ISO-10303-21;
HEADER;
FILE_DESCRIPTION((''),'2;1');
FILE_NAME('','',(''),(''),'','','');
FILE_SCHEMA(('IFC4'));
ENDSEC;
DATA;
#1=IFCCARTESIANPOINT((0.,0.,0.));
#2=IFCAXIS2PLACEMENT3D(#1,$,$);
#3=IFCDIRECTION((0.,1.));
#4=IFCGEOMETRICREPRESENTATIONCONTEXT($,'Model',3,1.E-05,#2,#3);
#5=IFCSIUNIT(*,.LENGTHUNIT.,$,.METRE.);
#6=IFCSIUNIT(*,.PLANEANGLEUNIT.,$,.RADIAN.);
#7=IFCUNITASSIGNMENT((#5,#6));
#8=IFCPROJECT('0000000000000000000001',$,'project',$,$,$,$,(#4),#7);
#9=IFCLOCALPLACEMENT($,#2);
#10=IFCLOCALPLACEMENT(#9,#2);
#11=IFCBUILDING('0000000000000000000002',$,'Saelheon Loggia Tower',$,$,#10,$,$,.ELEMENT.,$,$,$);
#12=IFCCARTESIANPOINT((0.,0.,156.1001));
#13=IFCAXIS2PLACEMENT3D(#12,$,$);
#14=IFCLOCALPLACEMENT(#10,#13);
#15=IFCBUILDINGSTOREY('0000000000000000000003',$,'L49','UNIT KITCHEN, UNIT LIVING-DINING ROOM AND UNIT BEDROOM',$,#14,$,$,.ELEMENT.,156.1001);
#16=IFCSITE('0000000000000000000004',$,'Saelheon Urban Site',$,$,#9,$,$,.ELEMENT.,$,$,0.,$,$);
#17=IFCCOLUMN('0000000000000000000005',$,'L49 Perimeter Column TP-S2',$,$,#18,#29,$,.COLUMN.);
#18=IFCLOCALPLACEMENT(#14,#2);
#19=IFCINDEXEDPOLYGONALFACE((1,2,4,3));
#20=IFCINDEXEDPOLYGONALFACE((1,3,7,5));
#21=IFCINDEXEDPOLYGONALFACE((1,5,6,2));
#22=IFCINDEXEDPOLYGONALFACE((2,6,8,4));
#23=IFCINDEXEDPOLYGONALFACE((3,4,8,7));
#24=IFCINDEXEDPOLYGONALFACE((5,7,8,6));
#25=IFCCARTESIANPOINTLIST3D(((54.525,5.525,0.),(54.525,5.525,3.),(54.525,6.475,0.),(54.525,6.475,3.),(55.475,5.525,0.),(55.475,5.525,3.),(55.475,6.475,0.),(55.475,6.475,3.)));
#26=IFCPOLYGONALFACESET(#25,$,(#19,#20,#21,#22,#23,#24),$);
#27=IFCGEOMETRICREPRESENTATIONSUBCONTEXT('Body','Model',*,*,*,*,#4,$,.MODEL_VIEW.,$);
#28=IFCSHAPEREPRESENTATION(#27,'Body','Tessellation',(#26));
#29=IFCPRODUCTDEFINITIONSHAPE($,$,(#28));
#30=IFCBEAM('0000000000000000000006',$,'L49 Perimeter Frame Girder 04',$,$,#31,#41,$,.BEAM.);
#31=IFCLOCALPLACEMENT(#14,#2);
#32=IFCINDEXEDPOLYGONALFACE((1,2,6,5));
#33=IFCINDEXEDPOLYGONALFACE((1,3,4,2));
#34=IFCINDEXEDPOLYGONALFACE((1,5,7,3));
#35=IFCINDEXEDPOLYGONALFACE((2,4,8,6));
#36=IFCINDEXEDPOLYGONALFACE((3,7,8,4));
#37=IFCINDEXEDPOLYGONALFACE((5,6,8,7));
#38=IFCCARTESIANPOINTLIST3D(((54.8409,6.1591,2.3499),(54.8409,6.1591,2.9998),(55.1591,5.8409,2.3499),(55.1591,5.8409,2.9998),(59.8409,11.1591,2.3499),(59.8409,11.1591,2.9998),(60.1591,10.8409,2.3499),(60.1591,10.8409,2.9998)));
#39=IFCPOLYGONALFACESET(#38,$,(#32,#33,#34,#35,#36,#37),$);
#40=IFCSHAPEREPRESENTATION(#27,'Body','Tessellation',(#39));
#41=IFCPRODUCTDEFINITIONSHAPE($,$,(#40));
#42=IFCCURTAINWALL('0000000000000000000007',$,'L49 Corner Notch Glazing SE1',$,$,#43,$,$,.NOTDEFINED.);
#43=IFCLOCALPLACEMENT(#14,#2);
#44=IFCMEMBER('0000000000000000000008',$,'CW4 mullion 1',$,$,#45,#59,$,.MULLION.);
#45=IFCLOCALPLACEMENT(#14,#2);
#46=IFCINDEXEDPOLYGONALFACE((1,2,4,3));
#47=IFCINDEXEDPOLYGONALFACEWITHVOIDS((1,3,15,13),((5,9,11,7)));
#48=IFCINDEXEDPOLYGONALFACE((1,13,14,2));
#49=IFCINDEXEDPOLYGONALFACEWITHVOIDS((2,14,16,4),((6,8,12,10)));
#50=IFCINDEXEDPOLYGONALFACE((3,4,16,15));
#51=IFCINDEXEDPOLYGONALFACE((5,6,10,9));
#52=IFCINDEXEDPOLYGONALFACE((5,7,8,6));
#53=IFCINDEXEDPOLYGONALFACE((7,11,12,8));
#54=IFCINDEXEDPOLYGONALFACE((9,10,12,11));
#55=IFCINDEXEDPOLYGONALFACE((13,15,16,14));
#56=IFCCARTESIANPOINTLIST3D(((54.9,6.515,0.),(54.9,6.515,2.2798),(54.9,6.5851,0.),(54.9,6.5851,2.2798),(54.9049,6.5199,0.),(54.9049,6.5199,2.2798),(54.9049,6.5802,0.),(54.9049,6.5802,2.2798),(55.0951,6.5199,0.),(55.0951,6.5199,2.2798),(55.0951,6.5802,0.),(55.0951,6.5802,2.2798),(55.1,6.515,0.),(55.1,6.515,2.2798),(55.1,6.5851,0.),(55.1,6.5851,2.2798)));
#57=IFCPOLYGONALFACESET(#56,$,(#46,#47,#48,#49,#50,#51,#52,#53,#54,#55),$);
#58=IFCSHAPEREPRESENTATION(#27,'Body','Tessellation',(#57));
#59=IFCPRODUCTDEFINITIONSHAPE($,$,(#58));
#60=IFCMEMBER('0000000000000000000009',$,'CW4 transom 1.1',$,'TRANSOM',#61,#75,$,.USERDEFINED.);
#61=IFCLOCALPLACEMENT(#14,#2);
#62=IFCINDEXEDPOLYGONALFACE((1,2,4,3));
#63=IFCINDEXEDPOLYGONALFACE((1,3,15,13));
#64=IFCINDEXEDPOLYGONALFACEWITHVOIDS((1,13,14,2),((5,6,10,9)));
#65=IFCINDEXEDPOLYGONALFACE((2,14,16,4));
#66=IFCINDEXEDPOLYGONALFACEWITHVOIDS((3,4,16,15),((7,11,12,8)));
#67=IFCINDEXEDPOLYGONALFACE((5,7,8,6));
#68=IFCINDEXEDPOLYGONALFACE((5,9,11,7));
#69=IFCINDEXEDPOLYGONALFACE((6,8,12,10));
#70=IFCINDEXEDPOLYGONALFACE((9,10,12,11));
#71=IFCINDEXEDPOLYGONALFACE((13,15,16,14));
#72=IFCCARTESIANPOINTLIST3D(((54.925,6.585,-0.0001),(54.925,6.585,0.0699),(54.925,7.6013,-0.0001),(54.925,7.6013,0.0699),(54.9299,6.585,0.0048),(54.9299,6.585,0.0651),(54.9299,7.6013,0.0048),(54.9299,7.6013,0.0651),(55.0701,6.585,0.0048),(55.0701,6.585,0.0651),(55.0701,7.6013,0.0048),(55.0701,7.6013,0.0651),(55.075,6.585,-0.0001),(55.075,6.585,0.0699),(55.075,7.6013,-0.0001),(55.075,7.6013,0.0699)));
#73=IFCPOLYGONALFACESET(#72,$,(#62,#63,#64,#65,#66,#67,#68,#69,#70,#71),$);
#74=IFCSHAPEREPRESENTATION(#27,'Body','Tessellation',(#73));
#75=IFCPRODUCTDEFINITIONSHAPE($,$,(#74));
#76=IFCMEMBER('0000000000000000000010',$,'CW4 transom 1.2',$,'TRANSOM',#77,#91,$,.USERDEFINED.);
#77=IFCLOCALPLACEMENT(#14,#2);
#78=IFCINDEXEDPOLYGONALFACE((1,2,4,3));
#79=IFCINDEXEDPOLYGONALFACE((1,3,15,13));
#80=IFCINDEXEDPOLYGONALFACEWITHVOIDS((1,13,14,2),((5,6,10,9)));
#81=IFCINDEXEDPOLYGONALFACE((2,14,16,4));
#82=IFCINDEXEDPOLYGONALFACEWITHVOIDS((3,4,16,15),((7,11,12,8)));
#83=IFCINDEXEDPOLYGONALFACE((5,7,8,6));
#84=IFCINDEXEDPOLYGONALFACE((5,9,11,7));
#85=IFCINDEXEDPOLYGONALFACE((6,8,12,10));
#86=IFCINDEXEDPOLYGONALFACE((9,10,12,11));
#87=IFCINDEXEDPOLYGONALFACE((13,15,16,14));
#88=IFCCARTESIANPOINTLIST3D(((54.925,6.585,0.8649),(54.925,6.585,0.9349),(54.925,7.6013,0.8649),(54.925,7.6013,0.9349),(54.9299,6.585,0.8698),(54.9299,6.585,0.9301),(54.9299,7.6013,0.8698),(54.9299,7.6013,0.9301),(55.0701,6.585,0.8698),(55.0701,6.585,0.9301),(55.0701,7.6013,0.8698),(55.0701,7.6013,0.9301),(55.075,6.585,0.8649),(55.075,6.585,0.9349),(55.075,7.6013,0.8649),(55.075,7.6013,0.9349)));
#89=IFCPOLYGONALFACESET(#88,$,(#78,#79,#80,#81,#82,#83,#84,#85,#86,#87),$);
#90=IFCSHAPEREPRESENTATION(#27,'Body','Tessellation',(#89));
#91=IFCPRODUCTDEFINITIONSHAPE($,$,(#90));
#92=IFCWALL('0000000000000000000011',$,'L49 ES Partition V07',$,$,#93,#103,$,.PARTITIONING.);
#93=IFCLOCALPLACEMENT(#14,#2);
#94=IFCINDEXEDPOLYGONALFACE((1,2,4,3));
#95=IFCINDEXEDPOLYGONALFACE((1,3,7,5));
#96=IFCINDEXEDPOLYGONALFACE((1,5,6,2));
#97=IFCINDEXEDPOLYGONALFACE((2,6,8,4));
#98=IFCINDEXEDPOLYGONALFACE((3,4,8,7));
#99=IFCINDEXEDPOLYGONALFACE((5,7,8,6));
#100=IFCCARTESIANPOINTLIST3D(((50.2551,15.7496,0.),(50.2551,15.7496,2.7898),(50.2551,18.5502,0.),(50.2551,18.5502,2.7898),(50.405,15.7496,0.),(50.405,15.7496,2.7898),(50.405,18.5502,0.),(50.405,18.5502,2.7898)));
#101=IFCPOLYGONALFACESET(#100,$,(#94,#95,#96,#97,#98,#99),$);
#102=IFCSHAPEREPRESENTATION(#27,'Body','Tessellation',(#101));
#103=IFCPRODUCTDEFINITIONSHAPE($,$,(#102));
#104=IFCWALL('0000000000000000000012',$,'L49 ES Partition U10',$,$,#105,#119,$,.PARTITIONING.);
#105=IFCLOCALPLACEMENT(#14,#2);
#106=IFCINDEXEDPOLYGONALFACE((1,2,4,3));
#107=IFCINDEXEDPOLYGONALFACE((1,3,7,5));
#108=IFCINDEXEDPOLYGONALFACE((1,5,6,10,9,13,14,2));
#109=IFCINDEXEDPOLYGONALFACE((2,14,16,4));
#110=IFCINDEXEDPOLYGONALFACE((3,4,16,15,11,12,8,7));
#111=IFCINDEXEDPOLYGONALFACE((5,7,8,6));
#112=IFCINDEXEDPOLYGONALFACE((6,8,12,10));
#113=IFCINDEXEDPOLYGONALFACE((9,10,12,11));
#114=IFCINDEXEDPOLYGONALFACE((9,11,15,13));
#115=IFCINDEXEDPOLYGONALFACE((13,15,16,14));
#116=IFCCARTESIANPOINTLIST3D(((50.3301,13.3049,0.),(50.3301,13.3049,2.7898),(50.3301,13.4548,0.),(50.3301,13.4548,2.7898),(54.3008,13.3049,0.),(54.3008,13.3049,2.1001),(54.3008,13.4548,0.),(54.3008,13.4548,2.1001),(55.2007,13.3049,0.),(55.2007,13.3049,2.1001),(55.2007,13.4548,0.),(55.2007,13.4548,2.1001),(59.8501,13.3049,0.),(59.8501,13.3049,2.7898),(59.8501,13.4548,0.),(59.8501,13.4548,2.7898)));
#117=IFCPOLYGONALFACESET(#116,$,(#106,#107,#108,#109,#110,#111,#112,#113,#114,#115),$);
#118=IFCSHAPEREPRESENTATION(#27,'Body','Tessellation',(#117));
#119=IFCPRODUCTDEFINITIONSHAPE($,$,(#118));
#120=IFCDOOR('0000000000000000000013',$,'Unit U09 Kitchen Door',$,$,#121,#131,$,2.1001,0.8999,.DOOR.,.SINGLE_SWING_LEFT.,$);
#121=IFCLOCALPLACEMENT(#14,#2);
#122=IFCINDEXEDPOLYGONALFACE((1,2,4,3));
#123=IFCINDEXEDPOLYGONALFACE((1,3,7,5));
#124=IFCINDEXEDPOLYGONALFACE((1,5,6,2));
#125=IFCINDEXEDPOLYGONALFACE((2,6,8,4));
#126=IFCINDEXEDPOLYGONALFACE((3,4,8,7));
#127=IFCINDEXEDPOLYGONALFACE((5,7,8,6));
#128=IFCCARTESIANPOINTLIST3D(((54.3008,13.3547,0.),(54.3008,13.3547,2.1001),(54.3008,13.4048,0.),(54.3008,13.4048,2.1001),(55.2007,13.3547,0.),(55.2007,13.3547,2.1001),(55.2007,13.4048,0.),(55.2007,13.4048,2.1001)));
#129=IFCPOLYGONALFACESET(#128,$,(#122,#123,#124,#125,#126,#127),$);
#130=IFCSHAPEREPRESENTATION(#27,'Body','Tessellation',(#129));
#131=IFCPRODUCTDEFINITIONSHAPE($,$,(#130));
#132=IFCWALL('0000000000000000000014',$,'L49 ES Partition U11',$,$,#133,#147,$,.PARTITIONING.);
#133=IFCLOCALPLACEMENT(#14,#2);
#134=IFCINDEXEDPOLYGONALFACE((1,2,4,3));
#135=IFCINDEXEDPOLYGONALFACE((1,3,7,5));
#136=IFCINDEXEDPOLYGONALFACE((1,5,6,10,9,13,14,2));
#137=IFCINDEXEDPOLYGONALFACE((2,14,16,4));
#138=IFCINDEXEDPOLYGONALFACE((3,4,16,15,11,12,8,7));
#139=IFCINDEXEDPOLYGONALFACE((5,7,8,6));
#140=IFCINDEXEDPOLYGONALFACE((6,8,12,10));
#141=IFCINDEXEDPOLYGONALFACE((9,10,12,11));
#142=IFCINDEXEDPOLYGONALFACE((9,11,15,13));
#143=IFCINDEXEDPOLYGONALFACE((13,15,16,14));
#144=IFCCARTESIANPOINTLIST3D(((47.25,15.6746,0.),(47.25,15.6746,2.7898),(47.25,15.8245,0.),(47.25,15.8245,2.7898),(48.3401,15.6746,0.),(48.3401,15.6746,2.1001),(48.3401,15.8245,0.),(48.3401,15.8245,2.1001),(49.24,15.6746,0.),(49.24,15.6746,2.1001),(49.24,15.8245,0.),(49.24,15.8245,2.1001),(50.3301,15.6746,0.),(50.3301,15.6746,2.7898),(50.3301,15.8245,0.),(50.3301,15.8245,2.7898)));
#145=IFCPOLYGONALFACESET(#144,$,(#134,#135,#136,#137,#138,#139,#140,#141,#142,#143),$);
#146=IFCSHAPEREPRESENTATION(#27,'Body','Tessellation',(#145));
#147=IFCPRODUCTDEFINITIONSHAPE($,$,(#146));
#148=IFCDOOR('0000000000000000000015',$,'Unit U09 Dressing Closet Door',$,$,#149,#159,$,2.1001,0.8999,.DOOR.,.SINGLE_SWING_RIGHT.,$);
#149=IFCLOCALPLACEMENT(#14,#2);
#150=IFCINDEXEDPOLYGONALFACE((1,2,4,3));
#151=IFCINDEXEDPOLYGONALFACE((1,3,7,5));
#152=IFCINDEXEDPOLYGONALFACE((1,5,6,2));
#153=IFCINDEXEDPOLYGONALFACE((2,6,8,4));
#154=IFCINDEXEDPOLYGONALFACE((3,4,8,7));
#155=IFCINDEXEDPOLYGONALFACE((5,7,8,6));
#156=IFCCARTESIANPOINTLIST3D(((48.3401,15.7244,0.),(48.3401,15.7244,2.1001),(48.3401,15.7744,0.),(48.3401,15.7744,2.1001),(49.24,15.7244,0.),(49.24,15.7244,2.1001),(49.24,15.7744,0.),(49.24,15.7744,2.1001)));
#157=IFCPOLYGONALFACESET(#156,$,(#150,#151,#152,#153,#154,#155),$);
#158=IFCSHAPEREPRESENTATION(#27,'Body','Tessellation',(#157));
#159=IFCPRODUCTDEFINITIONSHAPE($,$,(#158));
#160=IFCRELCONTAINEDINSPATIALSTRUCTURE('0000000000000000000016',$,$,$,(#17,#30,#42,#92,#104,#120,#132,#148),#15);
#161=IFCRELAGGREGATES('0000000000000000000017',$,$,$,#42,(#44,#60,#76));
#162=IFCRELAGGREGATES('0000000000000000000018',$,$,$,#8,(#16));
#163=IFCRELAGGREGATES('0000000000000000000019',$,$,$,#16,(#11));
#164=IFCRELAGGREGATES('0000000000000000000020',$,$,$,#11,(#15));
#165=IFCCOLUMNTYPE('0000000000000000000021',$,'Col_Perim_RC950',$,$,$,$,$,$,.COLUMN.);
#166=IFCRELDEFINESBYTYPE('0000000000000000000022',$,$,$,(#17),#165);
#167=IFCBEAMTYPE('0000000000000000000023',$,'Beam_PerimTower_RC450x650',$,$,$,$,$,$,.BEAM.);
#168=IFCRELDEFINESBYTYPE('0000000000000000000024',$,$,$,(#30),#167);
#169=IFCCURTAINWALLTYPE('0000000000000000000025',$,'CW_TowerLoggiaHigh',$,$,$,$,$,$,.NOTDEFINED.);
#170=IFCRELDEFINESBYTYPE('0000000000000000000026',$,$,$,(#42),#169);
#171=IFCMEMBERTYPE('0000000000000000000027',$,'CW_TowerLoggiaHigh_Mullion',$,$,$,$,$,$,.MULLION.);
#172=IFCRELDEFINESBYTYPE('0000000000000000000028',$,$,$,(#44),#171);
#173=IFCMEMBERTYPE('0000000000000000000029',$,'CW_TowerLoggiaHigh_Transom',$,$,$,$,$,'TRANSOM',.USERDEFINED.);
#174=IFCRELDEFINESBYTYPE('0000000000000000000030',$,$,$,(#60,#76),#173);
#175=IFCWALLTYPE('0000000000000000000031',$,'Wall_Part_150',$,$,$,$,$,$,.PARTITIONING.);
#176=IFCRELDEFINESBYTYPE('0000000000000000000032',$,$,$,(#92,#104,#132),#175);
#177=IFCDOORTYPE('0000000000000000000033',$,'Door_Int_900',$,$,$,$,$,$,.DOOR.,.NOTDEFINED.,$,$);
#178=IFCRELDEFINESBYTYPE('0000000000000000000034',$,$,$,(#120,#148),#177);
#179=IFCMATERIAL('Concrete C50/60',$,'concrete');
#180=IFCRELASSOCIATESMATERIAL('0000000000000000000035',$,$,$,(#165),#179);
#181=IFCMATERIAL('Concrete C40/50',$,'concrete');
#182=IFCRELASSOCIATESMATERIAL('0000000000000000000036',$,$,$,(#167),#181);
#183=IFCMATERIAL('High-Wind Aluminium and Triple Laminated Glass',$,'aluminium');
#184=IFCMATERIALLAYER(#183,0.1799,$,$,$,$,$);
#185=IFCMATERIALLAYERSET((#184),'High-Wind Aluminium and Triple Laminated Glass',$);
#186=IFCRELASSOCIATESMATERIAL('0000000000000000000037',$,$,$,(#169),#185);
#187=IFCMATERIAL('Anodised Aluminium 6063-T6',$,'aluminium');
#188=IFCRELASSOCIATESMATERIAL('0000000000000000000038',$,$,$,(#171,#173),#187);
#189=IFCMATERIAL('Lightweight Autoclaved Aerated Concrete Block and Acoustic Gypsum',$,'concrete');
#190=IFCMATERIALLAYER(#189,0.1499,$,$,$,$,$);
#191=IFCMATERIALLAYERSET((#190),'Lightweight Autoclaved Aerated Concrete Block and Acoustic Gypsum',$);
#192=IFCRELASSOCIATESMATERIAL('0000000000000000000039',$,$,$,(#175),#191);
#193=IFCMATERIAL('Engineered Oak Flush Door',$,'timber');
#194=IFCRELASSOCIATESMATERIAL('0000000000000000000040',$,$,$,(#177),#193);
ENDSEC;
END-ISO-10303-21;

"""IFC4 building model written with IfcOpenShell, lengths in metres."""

from ifc_helpers import new_model, si_unit, direction, frame, frame_2d, origin, origin_2d, place, context, subcontext, project, spatial, rectangle, hollow_rectangle, extrude, source, transform, mapped, material, layer, layer_set, material_profile, profile_set, type_object, element, fill, aggregate, save


model = new_model("IFC4")

# Units and contexts
model_context = context("Model", 3, precision=1e-05, world=origin(), true_north=direction((0.0, 1.0)))
body_context = subcontext(model_context, "Body", "Model", "MODEL_VIEW")
ifc_project = project(units=[si_unit("LENGTHUNIT", "METRE"), si_unit("PLANEANGLEUNIT", "RADIAN")], contexts=[model_context])

# Site, building, storey
site_placement = place(None, origin())
site = spatial("IfcSite", under=ifc_project, at=site_placement, Name="Saelheon Urban Site", CompositionType="ELEMENT", RefElevation=0.0)
building_placement = place(site_placement, origin())
building = spatial("IfcBuilding", under=site, at=building_placement, Name="Saelheon Loggia Tower", CompositionType="ELEMENT")
storey_placement = place(building_placement, frame((0.0, 0.0, 156.1001)))
storey = spatial("IfcBuildingStorey", under=building, at=storey_placement, Name="L49", Description="UNIT KITCHEN, UNIT LIVING-DINING ROOM AND UNIT BEDROOM", CompositionType="ELEMENT", Elevation=156.1001)

# Column
ifc_material_1 = material(Name="Concrete C50/60", Category="concrete")
ifc_material_profile_1 = material_profile(ifc_material_1, rectangle(XDim=0.95, YDim=0.95, at=origin_2d()), Name="RC-950x950")
ifc_profile_set_1 = profile_set([ifc_material_profile_1], Name="Concrete C50/60")
column_type = type_object("IfcColumnType", Name="Col_Perim_RC950", PredefinedType="COLUMN", material=ifc_profile_set_1)
shared_shape_1 = source(origin(), body_context, "Body", "SweptSolid", [
    extrude(rectangle(XDim=0.95, YDim=0.95, at=origin_2d()), origin(), (0.0, 0.0, 1.0), 3.0),
])
column_placement = place(storey_placement, frame((55.0, 6.0, 0.0), z_axis=(0.0, 0.0, 1.0), x_axis=(1.0, 0.0, 0.0)))
element("IfcColumn", 1, at=column_placement, inside=storey, type_object=column_type, Name="L49 Perimeter Column TP-S2", PredefinedType="COLUMN", context=body_context, shape_type="MappedRepresentation", body=[
    mapped(shared_shape_1, transform((0.0, 0.0, 0.0), scale=1.0)),
])

# Beam
ifc_material_2 = material(Name="Concrete C40/50", Category="concrete")
ifc_material_profile_2 = material_profile(ifc_material_2, rectangle(XDim=0.45, YDim=0.6499, at=origin_2d()), Name="RC-450x650")
ifc_profile_set_2 = profile_set([ifc_material_profile_2], Name="Concrete C40/50")
beam_type = type_object("IfcBeamType", Name="Beam_PerimTower_RC450x650", PredefinedType="BEAM", material=ifc_profile_set_2)
shared_shape_2 = source(origin(), body_context, "Body", "SweptSolid", [
    extrude(rectangle(XDim=0.45, YDim=0.6499, at=origin_2d()), origin(), (0.0, 0.0, 1.0), 7.071),
])
beam_placement = place(storey_placement, frame((55.0, 6.0, 2.6748), z_axis=(0.707107, 0.707107, 0.0), x_axis=(-0.707107, 0.707107, 0.0)))
element("IfcBeam", 2, at=beam_placement, inside=storey, type_object=beam_type, Name="L49 Perimeter Frame Girder 04", PredefinedType="BEAM", context=body_context, shape_type="MappedRepresentation", body=[
    mapped(shared_shape_2, transform((0.0, 0.0, 0.0), scale=1.0)),
])

# Curtain wall, members
ifc_material_3 = material(Name="High-Wind Aluminium and Triple Laminated Glass", Category="aluminium")
ifc_layer_1 = layer(ifc_material_3, 0.1799)
ifc_layer_set_1 = layer_set([ifc_layer_1], Name="High-Wind Aluminium and Triple Laminated Glass")
curtain_wall_type = type_object("IfcCurtainWallType", Name="CW_TowerLoggiaHigh", PredefinedType="NOTDEFINED", material=ifc_layer_set_1)
curtain_wall_placement = place(storey_placement, origin())
curtain_wall = element("IfcCurtainWall", 3, at=curtain_wall_placement, inside=storey, type_object=curtain_wall_type, Name="L49 Corner Notch Glazing SE1", PredefinedType="NOTDEFINED")
ifc_material_4 = material(Name="Anodised Aluminium 6063-T6", Category="aluminium")
ifc_material_profile_3 = material_profile(ifc_material_4, hollow_rectangle(XDim=0.0701, YDim=0.2, WallThickness=0.0049, at=origin_2d()), Name="RHS-200x70x5")
ifc_profile_set_3 = profile_set([ifc_material_profile_3], Name="Anodised Aluminium 6063-T6")
member_type_1 = type_object("IfcMemberType", Name="CW_TowerLoggiaHigh_Mullion", PredefinedType="MULLION", material=ifc_profile_set_3)
shared_shape_3 = source(origin(), body_context, "Body", "SweptSolid", [
    extrude(hollow_rectangle(XDim=0.0701, YDim=0.2, WallThickness=0.0049, at=origin_2d()), origin(), (0.0, 0.0, 1.0), 2.2798),
])
member_1_placement = place(storey_placement, frame((55.0, 6.55, 0.0), z_axis=(0.0, 0.0, 1.0), x_axis=(0.0, 1.0, 0.0)))
member_1 = element("IfcMember", 4, at=member_1_placement, type_object=member_type_1, Name="CW4 mullion 1", PredefinedType="MULLION", context=body_context, shape_type="MappedRepresentation", body=[
    mapped(shared_shape_3, transform((0.0, 0.0, 0.0), scale=1.0)),
])
ifc_material_profile_4 = material_profile(ifc_material_4, hollow_rectangle(XDim=0.0701, YDim=0.1499, WallThickness=0.0049, at=origin_2d()), Name="RHS-150x70x5")
ifc_profile_set_4 = profile_set([ifc_material_profile_4], Name="Anodised Aluminium 6063-T6")
member_type_2 = type_object("IfcMemberType", Name="CW_TowerLoggiaHigh_Transom", ElementType="TRANSOM", PredefinedType="USERDEFINED", material=ifc_profile_set_4)
shared_shape_4 = source(origin(), body_context, "Body", "SweptSolid", [
    extrude(hollow_rectangle(XDim=0.0701, YDim=0.1499, WallThickness=0.0049, at=origin_2d()), origin(), (0.0, 0.0, 1.0), 1.0164),
])
member_2_placement = place(storey_placement, frame((55.0, 6.585, 0.0349), z_axis=(0.0, 1.0, 0.0), x_axis=(0.0, 0.0, 1.0)))
member_2 = element("IfcMember", 5, at=member_2_placement, type_object=member_type_2, Name="CW4 transom 1.1", ObjectType="TRANSOM", PredefinedType="USERDEFINED", context=body_context, shape_type="MappedRepresentation", body=[
    mapped(shared_shape_4, transform((0.0, 0.0, 0.0), scale=1.0)),
])
member_3_placement = place(storey_placement, frame((55.0, 6.585, 0.8999), z_axis=(0.0, 1.0, 0.0), x_axis=(0.0, 0.0, 1.0)))
member_3 = element("IfcMember", 6, at=member_3_placement, type_object=member_type_2, Name="CW4 transom 1.2", ObjectType="TRANSOM", PredefinedType="USERDEFINED", context=body_context, shape_type="MappedRepresentation", body=[
    mapped(shared_shape_4, transform((0.0, 0.0, 0.0), scale=1.0)),
])
aggregate(curtain_wall, [member_1, member_2, member_3])

# Wall
ifc_material_5 = material(Name="Lightweight Autoclaved Aerated Concrete Block and Acoustic Gypsum", Category="concrete")
ifc_layer_2 = layer(ifc_material_5, 0.1499)
ifc_layer_set_2 = layer_set([ifc_layer_2], Name="Lightweight Autoclaved Aerated Concrete Block and Acoustic Gypsum")
wall_type_1 = type_object("IfcWallType", Name="Wall_Part_150", PredefinedType="PARTITIONING", material=ifc_layer_set_2)
wall_1_placement = place(storey_placement, frame((50.3301, 15.7495, 0.0), z_axis=(0.0, 0.0, 1.0), x_axis=(0.0, 1.0, 0.0)))
element("IfcWall", 7, at=wall_1_placement, inside=storey, type_object=wall_type_1, Name="L49 ES Partition V07", PredefinedType="PARTITIONING", context=body_context, shape_type="SweptSolid", body=[
    extrude(rectangle(XDim=2.8005, YDim=0.1499, at=frame_2d((1.4004, 0.0))), origin(), (0.0, 0.0, 1.0), 2.7898),
])

# Walls, openings, doors
wall_2_placement = place(storey_placement, frame((50.3301, 13.3799, 0.0), z_axis=(0.0, 0.0, 1.0), x_axis=(1.0, 0.0, 0.0)))
wall_2 = element("IfcWall", 8, at=wall_2_placement, inside=storey, type_object=wall_type_1, Name="L49 ES Partition U10", PredefinedType="PARTITIONING", context=body_context, shape_type="SweptSolid", body=[
    extrude(rectangle(XDim=9.52, YDim=0.1499, at=frame_2d((4.76, 0.0))), origin(), (0.0, 0.0, 1.0), 2.7898),
])
opening_1_placement = place(wall_2_placement, frame((3.9707, 0.0, 0.0)))
opening_1 = element("IfcOpeningElement", 9, at=opening_1_placement, cuts=wall_2, PredefinedType="OPENING", context=body_context, shape_type="SweptSolid", body=[
    extrude(rectangle(XDim=0.8999, YDim=2.1001, at=frame_2d((0.45, 1.05))), frame((0.0, 0.0869, 0.0), z_axis=(0.0, -1.0, 0.0), x_axis=(1.0, 0.0, 0.0)), (0.0, 0.0, 1.0), 0.1738),
])
ifc_material_6 = material(Name="Engineered Oak Flush Door", Category="timber")
door_type_1 = type_object("IfcDoorType", Name="Door_Int_900", OperationType="NOTDEFINED", PredefinedType="DOOR", material=ifc_material_6)
shared_shape_5 = source(origin(), body_context, "Body", "SweptSolid", [
    extrude(rectangle(XDim=0.8999, YDim=2.1001, at=frame_2d((0.45, 1.05))), frame((0.0, 0.0249, 0.0), z_axis=(0.0, -1.0, 0.0), x_axis=(1.0, 0.0, 0.0)), (0.0, 0.0, 1.0), 0.05),
])
door_1_placement = place(opening_1_placement, origin())
door_1 = element("IfcDoor", 10, at=door_1_placement, inside=storey, type_object=door_type_1, Name="Unit U09 Kitchen Door", OperationType="SINGLE_SWING_LEFT", OverallHeight=2.1001, OverallWidth=0.8999, PredefinedType="DOOR", context=body_context, shape_type="MappedRepresentation", body=[
    mapped(shared_shape_5, transform((0.0, 0.0, 0.0), scale=1.0)),
])
fill(opening_1, door_1)
wall_3_placement = place(storey_placement, frame((47.25, 15.7495, 0.0), z_axis=(0.0, 0.0, 1.0), x_axis=(1.0, 0.0, 0.0)))
wall_3 = element("IfcWall", 11, at=wall_3_placement, inside=storey, type_object=wall_type_1, Name="L49 ES Partition U11", PredefinedType="PARTITIONING", context=body_context, shape_type="SweptSolid", body=[
    extrude(rectangle(XDim=3.0801, YDim=0.1499, at=frame_2d((1.54, 0.0))), origin(), (0.0, 0.0, 1.0), 2.7898),
])
opening_2_placement = place(wall_3_placement, frame((1.0901, 0.0, 0.0)))
opening_2 = element("IfcOpeningElement", 12, at=opening_2_placement, cuts=wall_3, PredefinedType="OPENING", context=body_context, shape_type="SweptSolid", body=[
    extrude(rectangle(XDim=0.8999, YDim=2.1001, at=frame_2d((0.45, 1.05))), frame((0.0, 0.0869, 0.0), z_axis=(0.0, -1.0, 0.0), x_axis=(1.0, 0.0, 0.0)), (0.0, 0.0, 1.0), 0.1738),
])
door_2_placement = place(opening_2_placement, origin())
door_2 = element("IfcDoor", 13, at=door_2_placement, inside=storey, type_object=door_type_1, Name="Unit U09 Dressing Closet Door", OperationType="SINGLE_SWING_RIGHT", OverallHeight=2.1001, OverallWidth=0.8999, PredefinedType="DOOR", context=body_context, shape_type="MappedRepresentation", body=[
    mapped(shared_shape_5, transform((0.0, 0.0, 0.0), scale=1.0)),
])
fill(opening_2, door_2)

save(model, "model.ifc")
